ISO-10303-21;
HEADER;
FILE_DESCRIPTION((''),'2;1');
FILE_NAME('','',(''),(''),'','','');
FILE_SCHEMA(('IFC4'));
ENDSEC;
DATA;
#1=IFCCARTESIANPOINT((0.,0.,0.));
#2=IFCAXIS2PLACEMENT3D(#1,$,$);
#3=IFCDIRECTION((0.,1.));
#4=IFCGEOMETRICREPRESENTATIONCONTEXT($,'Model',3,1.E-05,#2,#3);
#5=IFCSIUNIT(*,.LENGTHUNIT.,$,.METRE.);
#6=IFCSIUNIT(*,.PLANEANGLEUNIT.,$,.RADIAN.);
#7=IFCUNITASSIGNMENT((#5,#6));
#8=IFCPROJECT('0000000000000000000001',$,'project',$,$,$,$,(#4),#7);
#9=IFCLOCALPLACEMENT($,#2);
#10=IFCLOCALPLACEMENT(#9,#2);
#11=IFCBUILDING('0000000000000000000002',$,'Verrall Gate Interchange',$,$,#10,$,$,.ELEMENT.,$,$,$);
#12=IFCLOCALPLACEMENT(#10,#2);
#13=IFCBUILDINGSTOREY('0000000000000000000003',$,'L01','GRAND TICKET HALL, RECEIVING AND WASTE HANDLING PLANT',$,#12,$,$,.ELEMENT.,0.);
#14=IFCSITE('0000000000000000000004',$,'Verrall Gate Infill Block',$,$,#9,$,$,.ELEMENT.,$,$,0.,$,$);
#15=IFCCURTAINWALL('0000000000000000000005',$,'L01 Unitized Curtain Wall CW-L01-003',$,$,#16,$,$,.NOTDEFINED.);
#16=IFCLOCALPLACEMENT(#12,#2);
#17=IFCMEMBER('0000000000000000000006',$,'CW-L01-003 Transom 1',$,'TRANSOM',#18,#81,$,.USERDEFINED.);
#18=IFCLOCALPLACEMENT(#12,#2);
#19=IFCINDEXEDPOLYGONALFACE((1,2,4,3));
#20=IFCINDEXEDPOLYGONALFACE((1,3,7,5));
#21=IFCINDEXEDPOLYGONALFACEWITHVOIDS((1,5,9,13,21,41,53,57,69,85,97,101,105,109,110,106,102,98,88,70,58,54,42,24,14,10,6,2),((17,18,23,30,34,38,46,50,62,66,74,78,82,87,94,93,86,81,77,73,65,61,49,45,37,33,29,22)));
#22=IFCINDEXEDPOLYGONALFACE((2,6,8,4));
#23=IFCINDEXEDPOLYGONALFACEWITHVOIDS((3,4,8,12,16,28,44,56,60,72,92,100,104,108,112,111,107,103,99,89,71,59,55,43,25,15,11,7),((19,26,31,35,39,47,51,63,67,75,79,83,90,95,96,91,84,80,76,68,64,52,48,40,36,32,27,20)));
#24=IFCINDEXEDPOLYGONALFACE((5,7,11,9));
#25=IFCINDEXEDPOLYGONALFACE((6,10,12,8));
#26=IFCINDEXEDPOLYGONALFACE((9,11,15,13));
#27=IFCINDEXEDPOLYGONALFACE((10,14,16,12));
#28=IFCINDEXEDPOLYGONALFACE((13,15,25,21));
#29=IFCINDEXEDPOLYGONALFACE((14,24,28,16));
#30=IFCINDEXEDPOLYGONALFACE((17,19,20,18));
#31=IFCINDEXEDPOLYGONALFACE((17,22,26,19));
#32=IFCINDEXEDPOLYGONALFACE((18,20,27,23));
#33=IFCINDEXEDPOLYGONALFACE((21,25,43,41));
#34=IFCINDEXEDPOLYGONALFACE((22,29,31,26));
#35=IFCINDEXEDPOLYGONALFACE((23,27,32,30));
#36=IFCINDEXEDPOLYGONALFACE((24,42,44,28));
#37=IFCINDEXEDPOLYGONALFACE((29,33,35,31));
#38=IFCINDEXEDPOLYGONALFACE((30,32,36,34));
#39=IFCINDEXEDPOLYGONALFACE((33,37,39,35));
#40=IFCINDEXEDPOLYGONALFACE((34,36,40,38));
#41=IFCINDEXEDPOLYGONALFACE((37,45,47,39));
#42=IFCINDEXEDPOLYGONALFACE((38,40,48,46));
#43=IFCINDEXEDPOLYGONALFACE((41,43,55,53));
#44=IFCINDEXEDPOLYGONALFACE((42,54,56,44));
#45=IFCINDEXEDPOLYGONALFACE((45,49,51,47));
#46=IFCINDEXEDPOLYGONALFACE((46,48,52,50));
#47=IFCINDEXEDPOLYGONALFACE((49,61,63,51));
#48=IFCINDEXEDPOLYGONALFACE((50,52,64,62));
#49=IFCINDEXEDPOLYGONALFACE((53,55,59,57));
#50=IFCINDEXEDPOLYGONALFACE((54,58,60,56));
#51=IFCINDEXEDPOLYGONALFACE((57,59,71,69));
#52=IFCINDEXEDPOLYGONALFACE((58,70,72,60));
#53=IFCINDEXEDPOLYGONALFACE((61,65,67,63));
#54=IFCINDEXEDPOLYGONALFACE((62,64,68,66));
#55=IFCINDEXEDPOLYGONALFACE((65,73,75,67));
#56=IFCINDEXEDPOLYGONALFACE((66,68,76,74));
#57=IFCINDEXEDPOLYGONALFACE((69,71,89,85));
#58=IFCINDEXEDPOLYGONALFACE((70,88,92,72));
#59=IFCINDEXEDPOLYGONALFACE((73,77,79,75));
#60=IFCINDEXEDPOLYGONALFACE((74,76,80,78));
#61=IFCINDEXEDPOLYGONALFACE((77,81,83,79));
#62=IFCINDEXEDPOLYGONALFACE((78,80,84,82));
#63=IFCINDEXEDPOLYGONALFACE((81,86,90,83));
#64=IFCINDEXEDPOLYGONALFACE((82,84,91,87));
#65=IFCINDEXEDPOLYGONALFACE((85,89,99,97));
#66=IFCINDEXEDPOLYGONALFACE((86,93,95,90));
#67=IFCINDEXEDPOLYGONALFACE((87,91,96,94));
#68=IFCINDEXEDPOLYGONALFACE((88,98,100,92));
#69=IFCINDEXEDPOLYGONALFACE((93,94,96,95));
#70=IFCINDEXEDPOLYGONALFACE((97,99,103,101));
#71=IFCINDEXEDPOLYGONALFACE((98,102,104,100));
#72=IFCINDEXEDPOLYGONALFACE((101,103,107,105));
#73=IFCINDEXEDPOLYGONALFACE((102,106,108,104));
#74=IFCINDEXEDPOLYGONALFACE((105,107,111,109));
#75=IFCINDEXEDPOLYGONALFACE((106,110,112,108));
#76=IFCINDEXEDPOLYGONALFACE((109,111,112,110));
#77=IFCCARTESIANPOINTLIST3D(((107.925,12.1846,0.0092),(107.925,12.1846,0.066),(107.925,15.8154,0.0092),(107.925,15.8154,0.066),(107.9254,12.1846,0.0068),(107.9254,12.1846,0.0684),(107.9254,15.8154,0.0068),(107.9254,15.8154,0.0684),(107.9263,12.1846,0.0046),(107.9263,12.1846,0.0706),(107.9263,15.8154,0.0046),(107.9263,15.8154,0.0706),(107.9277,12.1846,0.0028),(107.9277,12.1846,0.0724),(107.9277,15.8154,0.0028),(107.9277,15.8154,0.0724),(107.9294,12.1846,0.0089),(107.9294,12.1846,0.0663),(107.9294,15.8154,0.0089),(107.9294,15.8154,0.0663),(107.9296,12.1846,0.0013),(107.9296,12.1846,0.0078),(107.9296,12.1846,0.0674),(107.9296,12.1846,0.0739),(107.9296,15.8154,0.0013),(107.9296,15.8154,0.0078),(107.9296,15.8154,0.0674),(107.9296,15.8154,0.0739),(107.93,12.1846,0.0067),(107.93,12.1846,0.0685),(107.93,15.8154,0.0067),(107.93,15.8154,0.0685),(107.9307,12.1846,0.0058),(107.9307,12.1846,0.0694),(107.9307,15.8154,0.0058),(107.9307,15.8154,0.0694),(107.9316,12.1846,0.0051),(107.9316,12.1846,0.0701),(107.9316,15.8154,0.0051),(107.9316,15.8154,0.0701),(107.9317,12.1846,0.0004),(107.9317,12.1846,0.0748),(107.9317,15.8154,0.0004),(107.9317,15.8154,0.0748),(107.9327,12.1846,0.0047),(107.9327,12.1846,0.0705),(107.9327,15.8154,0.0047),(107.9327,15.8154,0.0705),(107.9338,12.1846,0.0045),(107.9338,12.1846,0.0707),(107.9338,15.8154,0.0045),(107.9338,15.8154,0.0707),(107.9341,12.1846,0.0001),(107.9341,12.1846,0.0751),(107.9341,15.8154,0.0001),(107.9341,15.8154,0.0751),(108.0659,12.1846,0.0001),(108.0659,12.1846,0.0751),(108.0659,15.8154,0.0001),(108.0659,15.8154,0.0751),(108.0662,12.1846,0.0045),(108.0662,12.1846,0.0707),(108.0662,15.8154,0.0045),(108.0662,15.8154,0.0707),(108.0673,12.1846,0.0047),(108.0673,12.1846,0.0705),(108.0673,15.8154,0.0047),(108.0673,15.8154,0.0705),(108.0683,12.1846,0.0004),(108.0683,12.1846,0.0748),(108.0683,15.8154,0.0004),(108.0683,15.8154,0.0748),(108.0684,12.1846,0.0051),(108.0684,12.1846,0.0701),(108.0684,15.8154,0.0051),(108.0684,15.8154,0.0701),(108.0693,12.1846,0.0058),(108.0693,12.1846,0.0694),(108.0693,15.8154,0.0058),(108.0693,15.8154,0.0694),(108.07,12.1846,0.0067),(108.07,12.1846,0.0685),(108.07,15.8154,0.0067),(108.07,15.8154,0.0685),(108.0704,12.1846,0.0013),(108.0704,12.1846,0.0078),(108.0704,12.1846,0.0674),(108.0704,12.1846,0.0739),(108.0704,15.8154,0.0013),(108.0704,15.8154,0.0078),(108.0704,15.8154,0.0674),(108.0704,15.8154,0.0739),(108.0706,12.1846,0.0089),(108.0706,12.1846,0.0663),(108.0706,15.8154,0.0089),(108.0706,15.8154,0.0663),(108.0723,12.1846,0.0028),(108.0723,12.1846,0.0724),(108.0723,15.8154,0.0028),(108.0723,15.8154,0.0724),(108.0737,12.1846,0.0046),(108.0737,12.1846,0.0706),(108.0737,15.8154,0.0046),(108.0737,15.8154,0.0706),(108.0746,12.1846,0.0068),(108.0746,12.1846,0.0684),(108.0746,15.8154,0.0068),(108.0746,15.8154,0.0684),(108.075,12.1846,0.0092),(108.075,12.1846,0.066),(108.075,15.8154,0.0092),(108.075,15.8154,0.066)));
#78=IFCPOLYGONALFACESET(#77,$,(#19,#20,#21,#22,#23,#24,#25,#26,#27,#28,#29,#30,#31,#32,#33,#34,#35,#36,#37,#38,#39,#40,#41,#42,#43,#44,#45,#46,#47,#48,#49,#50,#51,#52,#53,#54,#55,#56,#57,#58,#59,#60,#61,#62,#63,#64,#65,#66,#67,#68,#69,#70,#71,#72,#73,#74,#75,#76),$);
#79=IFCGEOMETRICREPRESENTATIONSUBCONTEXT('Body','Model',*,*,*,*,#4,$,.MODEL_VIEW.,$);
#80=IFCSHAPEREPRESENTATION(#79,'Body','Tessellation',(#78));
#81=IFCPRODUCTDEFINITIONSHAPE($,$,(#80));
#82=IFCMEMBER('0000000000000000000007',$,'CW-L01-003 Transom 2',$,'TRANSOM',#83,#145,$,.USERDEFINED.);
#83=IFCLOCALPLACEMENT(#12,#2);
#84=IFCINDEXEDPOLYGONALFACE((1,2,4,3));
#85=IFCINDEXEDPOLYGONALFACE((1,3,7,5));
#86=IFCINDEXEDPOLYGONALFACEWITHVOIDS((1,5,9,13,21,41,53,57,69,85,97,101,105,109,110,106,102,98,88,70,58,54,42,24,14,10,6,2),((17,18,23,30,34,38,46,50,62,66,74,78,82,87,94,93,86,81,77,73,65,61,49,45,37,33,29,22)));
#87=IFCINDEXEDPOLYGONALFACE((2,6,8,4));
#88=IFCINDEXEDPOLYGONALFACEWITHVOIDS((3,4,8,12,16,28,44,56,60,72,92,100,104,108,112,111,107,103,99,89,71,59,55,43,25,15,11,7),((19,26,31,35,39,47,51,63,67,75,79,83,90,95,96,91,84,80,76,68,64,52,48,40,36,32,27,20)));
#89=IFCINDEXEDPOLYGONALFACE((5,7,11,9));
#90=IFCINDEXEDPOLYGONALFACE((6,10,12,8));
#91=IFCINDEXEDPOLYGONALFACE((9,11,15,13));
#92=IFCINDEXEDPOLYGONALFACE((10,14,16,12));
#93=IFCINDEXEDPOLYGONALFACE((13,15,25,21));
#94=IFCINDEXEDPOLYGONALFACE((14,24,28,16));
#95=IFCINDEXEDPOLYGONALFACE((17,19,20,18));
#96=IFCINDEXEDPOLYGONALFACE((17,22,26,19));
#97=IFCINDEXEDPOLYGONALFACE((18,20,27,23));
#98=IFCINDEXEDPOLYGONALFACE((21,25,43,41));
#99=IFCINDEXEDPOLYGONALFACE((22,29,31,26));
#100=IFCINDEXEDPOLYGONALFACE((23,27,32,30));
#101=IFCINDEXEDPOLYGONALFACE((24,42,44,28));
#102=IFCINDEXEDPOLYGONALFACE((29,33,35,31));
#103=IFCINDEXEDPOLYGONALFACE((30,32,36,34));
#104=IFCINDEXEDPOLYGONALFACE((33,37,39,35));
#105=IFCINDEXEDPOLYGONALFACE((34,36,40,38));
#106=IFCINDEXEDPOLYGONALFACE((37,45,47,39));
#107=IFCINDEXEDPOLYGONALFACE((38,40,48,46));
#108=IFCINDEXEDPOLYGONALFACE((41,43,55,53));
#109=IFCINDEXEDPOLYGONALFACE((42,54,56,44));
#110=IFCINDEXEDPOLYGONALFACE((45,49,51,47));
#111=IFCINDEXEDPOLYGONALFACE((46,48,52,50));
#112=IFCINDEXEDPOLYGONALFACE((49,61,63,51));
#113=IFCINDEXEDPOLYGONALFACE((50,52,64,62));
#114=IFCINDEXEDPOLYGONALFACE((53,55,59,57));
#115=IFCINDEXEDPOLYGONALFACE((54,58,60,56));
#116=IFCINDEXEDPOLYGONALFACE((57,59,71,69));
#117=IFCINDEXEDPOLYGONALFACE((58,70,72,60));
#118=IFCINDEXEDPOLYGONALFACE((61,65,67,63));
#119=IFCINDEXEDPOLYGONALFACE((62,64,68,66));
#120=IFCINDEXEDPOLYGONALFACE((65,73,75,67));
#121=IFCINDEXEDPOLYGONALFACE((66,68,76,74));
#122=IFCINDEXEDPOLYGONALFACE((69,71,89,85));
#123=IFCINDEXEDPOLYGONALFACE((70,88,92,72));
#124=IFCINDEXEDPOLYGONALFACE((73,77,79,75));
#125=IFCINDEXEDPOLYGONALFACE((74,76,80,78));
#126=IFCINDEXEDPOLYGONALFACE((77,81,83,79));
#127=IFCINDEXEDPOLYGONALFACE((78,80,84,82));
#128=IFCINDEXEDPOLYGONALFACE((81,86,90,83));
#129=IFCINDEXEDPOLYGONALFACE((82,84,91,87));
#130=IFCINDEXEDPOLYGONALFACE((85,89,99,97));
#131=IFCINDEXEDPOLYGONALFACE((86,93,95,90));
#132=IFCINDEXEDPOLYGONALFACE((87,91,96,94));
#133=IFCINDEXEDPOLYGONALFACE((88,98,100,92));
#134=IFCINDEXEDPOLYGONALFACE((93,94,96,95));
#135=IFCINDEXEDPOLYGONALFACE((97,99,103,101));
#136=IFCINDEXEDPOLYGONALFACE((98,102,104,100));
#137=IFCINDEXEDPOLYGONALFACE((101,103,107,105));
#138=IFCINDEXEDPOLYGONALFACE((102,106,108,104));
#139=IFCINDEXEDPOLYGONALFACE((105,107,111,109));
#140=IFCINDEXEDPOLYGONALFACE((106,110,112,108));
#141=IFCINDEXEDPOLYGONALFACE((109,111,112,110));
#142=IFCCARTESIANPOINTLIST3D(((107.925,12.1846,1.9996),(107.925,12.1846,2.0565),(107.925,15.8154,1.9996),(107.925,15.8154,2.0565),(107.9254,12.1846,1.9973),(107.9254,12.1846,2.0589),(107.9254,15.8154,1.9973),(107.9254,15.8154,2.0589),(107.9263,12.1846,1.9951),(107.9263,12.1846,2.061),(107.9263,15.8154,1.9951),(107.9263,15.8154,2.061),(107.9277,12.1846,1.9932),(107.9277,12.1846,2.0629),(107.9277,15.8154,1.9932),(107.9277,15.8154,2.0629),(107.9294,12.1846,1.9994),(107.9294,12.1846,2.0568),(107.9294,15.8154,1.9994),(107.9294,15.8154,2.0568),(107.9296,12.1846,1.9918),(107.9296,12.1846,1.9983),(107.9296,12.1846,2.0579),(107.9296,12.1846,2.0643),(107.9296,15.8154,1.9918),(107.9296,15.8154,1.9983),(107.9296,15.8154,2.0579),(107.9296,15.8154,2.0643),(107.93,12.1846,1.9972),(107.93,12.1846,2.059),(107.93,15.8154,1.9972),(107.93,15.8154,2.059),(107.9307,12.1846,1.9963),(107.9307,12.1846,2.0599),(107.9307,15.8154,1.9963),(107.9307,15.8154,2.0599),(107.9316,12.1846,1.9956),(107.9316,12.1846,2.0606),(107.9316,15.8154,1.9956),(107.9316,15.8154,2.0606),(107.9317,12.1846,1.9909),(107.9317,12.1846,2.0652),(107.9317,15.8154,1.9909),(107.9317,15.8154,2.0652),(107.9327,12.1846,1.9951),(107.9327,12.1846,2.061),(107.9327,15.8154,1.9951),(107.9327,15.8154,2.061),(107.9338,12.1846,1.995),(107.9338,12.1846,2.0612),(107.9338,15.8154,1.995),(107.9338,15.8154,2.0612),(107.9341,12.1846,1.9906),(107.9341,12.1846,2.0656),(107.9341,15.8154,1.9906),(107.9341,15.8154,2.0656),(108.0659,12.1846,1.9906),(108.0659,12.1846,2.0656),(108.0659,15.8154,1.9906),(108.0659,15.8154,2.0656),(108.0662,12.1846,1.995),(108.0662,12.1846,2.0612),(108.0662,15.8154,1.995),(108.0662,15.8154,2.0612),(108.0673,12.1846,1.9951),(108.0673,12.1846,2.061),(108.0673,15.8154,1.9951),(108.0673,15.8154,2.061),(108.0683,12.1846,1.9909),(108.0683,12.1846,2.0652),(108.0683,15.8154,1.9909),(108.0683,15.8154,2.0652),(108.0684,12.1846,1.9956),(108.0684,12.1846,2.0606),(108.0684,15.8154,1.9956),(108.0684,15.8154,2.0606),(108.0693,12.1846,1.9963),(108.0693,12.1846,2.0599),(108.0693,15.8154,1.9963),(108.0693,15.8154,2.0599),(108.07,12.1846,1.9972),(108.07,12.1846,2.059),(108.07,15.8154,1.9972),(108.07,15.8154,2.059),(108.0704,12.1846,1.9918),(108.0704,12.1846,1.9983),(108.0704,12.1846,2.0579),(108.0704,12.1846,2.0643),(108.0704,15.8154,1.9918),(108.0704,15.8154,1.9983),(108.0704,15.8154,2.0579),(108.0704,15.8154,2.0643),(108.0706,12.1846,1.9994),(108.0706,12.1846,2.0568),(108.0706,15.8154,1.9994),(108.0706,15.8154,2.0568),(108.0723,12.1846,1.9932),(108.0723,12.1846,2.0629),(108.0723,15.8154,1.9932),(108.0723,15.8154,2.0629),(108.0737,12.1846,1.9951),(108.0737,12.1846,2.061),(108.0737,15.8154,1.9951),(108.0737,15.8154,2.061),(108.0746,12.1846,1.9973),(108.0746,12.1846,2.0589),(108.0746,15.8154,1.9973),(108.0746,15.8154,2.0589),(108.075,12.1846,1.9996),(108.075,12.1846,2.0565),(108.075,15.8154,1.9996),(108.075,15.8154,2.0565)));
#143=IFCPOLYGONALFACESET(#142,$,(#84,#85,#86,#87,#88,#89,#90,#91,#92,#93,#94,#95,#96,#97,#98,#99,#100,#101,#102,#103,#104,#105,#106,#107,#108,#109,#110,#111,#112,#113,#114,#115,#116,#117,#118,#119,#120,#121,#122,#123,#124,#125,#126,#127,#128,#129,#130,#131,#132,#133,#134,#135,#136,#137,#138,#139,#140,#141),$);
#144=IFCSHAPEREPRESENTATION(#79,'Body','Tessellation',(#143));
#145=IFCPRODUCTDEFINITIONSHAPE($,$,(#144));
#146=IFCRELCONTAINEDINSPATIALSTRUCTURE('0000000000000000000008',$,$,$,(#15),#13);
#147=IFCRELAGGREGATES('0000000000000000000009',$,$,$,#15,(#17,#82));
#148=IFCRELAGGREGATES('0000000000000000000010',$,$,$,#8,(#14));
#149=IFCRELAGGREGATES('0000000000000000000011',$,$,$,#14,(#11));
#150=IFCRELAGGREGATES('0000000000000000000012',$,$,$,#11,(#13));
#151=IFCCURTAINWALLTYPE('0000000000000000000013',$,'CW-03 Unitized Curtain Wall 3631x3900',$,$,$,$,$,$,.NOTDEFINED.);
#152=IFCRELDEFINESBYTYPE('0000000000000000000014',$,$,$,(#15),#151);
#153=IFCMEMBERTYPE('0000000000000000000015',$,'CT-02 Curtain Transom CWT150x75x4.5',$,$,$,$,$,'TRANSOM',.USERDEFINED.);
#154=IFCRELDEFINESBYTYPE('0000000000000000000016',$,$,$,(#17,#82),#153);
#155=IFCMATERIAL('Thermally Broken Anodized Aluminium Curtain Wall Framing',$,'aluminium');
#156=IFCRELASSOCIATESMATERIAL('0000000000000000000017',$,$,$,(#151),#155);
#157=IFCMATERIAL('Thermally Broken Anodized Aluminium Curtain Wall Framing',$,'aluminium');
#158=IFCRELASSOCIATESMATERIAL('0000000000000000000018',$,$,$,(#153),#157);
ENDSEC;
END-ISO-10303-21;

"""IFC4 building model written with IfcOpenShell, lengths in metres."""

from ifc_helpers import new_model, si_unit, direction, frame, origin, origin_2d, place, context, subcontext, project, spatial, hollow_rectangle, extrude, material, material_profile, profile_set, type_object, element, aggregate, save


model = new_model("IFC4")

# Units and contexts
model_context = context("Model", 3, precision=1e-05, world=origin(), true_north=direction((0.0, 1.0)))
body_context = subcontext(model_context, "Body", "Model", "MODEL_VIEW")
ifc_project = project(units=[si_unit("LENGTHUNIT", "METRE"), si_unit("PLANEANGLEUNIT", "RADIAN")], contexts=[model_context])

# Site, building, storey
site_placement = place(None, origin())
site = spatial("IfcSite", under=ifc_project, at=site_placement, Name="Verrall Gate Infill Block", CompositionType="ELEMENT", RefElevation=0.0)
building_placement = place(site_placement, origin())
building = spatial("IfcBuilding", under=site, at=building_placement, Name="Verrall Gate Interchange", CompositionType="ELEMENT")
storey_placement = place(building_placement, origin())
storey = spatial("IfcBuildingStorey", under=building, at=storey_placement, Name="L01", Description="GRAND TICKET HALL, RECEIVING AND WASTE HANDLING PLANT", CompositionType="ELEMENT", Elevation=0.0)

# Curtain wall, members
ifc_material_1 = material(Name="Thermally Broken Anodized Aluminium Curtain Wall Framing", Category="aluminium")
curtain_wall_type_1 = type_object("IfcCurtainWallType", Name="CW-03 Unitized Curtain Wall 3631x3900", PredefinedType="NOTDEFINED", material=ifc_material_1)
curtain_wall_1_placement = place(storey_placement, origin())
curtain_wall_1 = element("IfcCurtainWall", 1, at=curtain_wall_1_placement, inside=storey, type_object=curtain_wall_type_1, Name="L01 Unitized Curtain Wall CW-L01-003", PredefinedType="NOTDEFINED")
ifc_material_2 = material(Name="Thermally Broken Anodized Aluminium Curtain Wall Framing", Category="aluminium")
ifc_material_profile_1 = material_profile(ifc_material_2, hollow_rectangle(XDim=0.1499, YDim=0.075, WallThickness=0.0044, InnerFilletRadius=0.0044, OuterFilletRadius=0.009, at=origin_2d()), Name="CWT150x75x4.5")
ifc_profile_set_1 = profile_set([ifc_material_profile_1], Name="Thermally Broken Anodized Aluminium Curtain Wall Framing")
member_type_1 = type_object("IfcMemberType", Name="CT-02 Curtain Transom CWT150x75x4.5", ElementType="TRANSOM", PredefinedType="USERDEFINED", material=ifc_profile_set_1)
member_1_placement = place(storey_placement, frame((108.0, 12.1846, 0.0376), z_axis=(0.0, 1.0, 0.0), x_axis=(-1.0, 0.0, 0.0)))
member_1 = element("IfcMember", 2, at=member_1_placement, type_object=member_type_1, Name="CW-L01-003 Transom 1", ObjectType="TRANSOM", PredefinedType="USERDEFINED", context=body_context, shape_type="SweptSolid", body=[
    extrude(hollow_rectangle(XDim=0.1499, YDim=0.075, WallThickness=0.0044, InnerFilletRadius=0.0044, OuterFilletRadius=0.009, at=origin_2d()), origin(), (0.0, 0.0, 1.0), 3.6309),
])
member_2_placement = place(storey_placement, frame((108.0, 12.1846, 2.0281), z_axis=(0.0, 1.0, 0.0), x_axis=(-1.0, 0.0, 0.0)))
member_2 = element("IfcMember", 3, at=member_2_placement, type_object=member_type_1, Name="CW-L01-003 Transom 2", ObjectType="TRANSOM", PredefinedType="USERDEFINED", context=body_context, shape_type="SweptSolid", body=[
    extrude(hollow_rectangle(XDim=0.1499, YDim=0.075, WallThickness=0.0044, InnerFilletRadius=0.0044, OuterFilletRadius=0.009, at=origin_2d()), origin(), (0.0, 0.0, 1.0), 3.6309),
])

aggregate(curtain_wall_1, [member_1, member_2])

save(model, "model.ifc")
